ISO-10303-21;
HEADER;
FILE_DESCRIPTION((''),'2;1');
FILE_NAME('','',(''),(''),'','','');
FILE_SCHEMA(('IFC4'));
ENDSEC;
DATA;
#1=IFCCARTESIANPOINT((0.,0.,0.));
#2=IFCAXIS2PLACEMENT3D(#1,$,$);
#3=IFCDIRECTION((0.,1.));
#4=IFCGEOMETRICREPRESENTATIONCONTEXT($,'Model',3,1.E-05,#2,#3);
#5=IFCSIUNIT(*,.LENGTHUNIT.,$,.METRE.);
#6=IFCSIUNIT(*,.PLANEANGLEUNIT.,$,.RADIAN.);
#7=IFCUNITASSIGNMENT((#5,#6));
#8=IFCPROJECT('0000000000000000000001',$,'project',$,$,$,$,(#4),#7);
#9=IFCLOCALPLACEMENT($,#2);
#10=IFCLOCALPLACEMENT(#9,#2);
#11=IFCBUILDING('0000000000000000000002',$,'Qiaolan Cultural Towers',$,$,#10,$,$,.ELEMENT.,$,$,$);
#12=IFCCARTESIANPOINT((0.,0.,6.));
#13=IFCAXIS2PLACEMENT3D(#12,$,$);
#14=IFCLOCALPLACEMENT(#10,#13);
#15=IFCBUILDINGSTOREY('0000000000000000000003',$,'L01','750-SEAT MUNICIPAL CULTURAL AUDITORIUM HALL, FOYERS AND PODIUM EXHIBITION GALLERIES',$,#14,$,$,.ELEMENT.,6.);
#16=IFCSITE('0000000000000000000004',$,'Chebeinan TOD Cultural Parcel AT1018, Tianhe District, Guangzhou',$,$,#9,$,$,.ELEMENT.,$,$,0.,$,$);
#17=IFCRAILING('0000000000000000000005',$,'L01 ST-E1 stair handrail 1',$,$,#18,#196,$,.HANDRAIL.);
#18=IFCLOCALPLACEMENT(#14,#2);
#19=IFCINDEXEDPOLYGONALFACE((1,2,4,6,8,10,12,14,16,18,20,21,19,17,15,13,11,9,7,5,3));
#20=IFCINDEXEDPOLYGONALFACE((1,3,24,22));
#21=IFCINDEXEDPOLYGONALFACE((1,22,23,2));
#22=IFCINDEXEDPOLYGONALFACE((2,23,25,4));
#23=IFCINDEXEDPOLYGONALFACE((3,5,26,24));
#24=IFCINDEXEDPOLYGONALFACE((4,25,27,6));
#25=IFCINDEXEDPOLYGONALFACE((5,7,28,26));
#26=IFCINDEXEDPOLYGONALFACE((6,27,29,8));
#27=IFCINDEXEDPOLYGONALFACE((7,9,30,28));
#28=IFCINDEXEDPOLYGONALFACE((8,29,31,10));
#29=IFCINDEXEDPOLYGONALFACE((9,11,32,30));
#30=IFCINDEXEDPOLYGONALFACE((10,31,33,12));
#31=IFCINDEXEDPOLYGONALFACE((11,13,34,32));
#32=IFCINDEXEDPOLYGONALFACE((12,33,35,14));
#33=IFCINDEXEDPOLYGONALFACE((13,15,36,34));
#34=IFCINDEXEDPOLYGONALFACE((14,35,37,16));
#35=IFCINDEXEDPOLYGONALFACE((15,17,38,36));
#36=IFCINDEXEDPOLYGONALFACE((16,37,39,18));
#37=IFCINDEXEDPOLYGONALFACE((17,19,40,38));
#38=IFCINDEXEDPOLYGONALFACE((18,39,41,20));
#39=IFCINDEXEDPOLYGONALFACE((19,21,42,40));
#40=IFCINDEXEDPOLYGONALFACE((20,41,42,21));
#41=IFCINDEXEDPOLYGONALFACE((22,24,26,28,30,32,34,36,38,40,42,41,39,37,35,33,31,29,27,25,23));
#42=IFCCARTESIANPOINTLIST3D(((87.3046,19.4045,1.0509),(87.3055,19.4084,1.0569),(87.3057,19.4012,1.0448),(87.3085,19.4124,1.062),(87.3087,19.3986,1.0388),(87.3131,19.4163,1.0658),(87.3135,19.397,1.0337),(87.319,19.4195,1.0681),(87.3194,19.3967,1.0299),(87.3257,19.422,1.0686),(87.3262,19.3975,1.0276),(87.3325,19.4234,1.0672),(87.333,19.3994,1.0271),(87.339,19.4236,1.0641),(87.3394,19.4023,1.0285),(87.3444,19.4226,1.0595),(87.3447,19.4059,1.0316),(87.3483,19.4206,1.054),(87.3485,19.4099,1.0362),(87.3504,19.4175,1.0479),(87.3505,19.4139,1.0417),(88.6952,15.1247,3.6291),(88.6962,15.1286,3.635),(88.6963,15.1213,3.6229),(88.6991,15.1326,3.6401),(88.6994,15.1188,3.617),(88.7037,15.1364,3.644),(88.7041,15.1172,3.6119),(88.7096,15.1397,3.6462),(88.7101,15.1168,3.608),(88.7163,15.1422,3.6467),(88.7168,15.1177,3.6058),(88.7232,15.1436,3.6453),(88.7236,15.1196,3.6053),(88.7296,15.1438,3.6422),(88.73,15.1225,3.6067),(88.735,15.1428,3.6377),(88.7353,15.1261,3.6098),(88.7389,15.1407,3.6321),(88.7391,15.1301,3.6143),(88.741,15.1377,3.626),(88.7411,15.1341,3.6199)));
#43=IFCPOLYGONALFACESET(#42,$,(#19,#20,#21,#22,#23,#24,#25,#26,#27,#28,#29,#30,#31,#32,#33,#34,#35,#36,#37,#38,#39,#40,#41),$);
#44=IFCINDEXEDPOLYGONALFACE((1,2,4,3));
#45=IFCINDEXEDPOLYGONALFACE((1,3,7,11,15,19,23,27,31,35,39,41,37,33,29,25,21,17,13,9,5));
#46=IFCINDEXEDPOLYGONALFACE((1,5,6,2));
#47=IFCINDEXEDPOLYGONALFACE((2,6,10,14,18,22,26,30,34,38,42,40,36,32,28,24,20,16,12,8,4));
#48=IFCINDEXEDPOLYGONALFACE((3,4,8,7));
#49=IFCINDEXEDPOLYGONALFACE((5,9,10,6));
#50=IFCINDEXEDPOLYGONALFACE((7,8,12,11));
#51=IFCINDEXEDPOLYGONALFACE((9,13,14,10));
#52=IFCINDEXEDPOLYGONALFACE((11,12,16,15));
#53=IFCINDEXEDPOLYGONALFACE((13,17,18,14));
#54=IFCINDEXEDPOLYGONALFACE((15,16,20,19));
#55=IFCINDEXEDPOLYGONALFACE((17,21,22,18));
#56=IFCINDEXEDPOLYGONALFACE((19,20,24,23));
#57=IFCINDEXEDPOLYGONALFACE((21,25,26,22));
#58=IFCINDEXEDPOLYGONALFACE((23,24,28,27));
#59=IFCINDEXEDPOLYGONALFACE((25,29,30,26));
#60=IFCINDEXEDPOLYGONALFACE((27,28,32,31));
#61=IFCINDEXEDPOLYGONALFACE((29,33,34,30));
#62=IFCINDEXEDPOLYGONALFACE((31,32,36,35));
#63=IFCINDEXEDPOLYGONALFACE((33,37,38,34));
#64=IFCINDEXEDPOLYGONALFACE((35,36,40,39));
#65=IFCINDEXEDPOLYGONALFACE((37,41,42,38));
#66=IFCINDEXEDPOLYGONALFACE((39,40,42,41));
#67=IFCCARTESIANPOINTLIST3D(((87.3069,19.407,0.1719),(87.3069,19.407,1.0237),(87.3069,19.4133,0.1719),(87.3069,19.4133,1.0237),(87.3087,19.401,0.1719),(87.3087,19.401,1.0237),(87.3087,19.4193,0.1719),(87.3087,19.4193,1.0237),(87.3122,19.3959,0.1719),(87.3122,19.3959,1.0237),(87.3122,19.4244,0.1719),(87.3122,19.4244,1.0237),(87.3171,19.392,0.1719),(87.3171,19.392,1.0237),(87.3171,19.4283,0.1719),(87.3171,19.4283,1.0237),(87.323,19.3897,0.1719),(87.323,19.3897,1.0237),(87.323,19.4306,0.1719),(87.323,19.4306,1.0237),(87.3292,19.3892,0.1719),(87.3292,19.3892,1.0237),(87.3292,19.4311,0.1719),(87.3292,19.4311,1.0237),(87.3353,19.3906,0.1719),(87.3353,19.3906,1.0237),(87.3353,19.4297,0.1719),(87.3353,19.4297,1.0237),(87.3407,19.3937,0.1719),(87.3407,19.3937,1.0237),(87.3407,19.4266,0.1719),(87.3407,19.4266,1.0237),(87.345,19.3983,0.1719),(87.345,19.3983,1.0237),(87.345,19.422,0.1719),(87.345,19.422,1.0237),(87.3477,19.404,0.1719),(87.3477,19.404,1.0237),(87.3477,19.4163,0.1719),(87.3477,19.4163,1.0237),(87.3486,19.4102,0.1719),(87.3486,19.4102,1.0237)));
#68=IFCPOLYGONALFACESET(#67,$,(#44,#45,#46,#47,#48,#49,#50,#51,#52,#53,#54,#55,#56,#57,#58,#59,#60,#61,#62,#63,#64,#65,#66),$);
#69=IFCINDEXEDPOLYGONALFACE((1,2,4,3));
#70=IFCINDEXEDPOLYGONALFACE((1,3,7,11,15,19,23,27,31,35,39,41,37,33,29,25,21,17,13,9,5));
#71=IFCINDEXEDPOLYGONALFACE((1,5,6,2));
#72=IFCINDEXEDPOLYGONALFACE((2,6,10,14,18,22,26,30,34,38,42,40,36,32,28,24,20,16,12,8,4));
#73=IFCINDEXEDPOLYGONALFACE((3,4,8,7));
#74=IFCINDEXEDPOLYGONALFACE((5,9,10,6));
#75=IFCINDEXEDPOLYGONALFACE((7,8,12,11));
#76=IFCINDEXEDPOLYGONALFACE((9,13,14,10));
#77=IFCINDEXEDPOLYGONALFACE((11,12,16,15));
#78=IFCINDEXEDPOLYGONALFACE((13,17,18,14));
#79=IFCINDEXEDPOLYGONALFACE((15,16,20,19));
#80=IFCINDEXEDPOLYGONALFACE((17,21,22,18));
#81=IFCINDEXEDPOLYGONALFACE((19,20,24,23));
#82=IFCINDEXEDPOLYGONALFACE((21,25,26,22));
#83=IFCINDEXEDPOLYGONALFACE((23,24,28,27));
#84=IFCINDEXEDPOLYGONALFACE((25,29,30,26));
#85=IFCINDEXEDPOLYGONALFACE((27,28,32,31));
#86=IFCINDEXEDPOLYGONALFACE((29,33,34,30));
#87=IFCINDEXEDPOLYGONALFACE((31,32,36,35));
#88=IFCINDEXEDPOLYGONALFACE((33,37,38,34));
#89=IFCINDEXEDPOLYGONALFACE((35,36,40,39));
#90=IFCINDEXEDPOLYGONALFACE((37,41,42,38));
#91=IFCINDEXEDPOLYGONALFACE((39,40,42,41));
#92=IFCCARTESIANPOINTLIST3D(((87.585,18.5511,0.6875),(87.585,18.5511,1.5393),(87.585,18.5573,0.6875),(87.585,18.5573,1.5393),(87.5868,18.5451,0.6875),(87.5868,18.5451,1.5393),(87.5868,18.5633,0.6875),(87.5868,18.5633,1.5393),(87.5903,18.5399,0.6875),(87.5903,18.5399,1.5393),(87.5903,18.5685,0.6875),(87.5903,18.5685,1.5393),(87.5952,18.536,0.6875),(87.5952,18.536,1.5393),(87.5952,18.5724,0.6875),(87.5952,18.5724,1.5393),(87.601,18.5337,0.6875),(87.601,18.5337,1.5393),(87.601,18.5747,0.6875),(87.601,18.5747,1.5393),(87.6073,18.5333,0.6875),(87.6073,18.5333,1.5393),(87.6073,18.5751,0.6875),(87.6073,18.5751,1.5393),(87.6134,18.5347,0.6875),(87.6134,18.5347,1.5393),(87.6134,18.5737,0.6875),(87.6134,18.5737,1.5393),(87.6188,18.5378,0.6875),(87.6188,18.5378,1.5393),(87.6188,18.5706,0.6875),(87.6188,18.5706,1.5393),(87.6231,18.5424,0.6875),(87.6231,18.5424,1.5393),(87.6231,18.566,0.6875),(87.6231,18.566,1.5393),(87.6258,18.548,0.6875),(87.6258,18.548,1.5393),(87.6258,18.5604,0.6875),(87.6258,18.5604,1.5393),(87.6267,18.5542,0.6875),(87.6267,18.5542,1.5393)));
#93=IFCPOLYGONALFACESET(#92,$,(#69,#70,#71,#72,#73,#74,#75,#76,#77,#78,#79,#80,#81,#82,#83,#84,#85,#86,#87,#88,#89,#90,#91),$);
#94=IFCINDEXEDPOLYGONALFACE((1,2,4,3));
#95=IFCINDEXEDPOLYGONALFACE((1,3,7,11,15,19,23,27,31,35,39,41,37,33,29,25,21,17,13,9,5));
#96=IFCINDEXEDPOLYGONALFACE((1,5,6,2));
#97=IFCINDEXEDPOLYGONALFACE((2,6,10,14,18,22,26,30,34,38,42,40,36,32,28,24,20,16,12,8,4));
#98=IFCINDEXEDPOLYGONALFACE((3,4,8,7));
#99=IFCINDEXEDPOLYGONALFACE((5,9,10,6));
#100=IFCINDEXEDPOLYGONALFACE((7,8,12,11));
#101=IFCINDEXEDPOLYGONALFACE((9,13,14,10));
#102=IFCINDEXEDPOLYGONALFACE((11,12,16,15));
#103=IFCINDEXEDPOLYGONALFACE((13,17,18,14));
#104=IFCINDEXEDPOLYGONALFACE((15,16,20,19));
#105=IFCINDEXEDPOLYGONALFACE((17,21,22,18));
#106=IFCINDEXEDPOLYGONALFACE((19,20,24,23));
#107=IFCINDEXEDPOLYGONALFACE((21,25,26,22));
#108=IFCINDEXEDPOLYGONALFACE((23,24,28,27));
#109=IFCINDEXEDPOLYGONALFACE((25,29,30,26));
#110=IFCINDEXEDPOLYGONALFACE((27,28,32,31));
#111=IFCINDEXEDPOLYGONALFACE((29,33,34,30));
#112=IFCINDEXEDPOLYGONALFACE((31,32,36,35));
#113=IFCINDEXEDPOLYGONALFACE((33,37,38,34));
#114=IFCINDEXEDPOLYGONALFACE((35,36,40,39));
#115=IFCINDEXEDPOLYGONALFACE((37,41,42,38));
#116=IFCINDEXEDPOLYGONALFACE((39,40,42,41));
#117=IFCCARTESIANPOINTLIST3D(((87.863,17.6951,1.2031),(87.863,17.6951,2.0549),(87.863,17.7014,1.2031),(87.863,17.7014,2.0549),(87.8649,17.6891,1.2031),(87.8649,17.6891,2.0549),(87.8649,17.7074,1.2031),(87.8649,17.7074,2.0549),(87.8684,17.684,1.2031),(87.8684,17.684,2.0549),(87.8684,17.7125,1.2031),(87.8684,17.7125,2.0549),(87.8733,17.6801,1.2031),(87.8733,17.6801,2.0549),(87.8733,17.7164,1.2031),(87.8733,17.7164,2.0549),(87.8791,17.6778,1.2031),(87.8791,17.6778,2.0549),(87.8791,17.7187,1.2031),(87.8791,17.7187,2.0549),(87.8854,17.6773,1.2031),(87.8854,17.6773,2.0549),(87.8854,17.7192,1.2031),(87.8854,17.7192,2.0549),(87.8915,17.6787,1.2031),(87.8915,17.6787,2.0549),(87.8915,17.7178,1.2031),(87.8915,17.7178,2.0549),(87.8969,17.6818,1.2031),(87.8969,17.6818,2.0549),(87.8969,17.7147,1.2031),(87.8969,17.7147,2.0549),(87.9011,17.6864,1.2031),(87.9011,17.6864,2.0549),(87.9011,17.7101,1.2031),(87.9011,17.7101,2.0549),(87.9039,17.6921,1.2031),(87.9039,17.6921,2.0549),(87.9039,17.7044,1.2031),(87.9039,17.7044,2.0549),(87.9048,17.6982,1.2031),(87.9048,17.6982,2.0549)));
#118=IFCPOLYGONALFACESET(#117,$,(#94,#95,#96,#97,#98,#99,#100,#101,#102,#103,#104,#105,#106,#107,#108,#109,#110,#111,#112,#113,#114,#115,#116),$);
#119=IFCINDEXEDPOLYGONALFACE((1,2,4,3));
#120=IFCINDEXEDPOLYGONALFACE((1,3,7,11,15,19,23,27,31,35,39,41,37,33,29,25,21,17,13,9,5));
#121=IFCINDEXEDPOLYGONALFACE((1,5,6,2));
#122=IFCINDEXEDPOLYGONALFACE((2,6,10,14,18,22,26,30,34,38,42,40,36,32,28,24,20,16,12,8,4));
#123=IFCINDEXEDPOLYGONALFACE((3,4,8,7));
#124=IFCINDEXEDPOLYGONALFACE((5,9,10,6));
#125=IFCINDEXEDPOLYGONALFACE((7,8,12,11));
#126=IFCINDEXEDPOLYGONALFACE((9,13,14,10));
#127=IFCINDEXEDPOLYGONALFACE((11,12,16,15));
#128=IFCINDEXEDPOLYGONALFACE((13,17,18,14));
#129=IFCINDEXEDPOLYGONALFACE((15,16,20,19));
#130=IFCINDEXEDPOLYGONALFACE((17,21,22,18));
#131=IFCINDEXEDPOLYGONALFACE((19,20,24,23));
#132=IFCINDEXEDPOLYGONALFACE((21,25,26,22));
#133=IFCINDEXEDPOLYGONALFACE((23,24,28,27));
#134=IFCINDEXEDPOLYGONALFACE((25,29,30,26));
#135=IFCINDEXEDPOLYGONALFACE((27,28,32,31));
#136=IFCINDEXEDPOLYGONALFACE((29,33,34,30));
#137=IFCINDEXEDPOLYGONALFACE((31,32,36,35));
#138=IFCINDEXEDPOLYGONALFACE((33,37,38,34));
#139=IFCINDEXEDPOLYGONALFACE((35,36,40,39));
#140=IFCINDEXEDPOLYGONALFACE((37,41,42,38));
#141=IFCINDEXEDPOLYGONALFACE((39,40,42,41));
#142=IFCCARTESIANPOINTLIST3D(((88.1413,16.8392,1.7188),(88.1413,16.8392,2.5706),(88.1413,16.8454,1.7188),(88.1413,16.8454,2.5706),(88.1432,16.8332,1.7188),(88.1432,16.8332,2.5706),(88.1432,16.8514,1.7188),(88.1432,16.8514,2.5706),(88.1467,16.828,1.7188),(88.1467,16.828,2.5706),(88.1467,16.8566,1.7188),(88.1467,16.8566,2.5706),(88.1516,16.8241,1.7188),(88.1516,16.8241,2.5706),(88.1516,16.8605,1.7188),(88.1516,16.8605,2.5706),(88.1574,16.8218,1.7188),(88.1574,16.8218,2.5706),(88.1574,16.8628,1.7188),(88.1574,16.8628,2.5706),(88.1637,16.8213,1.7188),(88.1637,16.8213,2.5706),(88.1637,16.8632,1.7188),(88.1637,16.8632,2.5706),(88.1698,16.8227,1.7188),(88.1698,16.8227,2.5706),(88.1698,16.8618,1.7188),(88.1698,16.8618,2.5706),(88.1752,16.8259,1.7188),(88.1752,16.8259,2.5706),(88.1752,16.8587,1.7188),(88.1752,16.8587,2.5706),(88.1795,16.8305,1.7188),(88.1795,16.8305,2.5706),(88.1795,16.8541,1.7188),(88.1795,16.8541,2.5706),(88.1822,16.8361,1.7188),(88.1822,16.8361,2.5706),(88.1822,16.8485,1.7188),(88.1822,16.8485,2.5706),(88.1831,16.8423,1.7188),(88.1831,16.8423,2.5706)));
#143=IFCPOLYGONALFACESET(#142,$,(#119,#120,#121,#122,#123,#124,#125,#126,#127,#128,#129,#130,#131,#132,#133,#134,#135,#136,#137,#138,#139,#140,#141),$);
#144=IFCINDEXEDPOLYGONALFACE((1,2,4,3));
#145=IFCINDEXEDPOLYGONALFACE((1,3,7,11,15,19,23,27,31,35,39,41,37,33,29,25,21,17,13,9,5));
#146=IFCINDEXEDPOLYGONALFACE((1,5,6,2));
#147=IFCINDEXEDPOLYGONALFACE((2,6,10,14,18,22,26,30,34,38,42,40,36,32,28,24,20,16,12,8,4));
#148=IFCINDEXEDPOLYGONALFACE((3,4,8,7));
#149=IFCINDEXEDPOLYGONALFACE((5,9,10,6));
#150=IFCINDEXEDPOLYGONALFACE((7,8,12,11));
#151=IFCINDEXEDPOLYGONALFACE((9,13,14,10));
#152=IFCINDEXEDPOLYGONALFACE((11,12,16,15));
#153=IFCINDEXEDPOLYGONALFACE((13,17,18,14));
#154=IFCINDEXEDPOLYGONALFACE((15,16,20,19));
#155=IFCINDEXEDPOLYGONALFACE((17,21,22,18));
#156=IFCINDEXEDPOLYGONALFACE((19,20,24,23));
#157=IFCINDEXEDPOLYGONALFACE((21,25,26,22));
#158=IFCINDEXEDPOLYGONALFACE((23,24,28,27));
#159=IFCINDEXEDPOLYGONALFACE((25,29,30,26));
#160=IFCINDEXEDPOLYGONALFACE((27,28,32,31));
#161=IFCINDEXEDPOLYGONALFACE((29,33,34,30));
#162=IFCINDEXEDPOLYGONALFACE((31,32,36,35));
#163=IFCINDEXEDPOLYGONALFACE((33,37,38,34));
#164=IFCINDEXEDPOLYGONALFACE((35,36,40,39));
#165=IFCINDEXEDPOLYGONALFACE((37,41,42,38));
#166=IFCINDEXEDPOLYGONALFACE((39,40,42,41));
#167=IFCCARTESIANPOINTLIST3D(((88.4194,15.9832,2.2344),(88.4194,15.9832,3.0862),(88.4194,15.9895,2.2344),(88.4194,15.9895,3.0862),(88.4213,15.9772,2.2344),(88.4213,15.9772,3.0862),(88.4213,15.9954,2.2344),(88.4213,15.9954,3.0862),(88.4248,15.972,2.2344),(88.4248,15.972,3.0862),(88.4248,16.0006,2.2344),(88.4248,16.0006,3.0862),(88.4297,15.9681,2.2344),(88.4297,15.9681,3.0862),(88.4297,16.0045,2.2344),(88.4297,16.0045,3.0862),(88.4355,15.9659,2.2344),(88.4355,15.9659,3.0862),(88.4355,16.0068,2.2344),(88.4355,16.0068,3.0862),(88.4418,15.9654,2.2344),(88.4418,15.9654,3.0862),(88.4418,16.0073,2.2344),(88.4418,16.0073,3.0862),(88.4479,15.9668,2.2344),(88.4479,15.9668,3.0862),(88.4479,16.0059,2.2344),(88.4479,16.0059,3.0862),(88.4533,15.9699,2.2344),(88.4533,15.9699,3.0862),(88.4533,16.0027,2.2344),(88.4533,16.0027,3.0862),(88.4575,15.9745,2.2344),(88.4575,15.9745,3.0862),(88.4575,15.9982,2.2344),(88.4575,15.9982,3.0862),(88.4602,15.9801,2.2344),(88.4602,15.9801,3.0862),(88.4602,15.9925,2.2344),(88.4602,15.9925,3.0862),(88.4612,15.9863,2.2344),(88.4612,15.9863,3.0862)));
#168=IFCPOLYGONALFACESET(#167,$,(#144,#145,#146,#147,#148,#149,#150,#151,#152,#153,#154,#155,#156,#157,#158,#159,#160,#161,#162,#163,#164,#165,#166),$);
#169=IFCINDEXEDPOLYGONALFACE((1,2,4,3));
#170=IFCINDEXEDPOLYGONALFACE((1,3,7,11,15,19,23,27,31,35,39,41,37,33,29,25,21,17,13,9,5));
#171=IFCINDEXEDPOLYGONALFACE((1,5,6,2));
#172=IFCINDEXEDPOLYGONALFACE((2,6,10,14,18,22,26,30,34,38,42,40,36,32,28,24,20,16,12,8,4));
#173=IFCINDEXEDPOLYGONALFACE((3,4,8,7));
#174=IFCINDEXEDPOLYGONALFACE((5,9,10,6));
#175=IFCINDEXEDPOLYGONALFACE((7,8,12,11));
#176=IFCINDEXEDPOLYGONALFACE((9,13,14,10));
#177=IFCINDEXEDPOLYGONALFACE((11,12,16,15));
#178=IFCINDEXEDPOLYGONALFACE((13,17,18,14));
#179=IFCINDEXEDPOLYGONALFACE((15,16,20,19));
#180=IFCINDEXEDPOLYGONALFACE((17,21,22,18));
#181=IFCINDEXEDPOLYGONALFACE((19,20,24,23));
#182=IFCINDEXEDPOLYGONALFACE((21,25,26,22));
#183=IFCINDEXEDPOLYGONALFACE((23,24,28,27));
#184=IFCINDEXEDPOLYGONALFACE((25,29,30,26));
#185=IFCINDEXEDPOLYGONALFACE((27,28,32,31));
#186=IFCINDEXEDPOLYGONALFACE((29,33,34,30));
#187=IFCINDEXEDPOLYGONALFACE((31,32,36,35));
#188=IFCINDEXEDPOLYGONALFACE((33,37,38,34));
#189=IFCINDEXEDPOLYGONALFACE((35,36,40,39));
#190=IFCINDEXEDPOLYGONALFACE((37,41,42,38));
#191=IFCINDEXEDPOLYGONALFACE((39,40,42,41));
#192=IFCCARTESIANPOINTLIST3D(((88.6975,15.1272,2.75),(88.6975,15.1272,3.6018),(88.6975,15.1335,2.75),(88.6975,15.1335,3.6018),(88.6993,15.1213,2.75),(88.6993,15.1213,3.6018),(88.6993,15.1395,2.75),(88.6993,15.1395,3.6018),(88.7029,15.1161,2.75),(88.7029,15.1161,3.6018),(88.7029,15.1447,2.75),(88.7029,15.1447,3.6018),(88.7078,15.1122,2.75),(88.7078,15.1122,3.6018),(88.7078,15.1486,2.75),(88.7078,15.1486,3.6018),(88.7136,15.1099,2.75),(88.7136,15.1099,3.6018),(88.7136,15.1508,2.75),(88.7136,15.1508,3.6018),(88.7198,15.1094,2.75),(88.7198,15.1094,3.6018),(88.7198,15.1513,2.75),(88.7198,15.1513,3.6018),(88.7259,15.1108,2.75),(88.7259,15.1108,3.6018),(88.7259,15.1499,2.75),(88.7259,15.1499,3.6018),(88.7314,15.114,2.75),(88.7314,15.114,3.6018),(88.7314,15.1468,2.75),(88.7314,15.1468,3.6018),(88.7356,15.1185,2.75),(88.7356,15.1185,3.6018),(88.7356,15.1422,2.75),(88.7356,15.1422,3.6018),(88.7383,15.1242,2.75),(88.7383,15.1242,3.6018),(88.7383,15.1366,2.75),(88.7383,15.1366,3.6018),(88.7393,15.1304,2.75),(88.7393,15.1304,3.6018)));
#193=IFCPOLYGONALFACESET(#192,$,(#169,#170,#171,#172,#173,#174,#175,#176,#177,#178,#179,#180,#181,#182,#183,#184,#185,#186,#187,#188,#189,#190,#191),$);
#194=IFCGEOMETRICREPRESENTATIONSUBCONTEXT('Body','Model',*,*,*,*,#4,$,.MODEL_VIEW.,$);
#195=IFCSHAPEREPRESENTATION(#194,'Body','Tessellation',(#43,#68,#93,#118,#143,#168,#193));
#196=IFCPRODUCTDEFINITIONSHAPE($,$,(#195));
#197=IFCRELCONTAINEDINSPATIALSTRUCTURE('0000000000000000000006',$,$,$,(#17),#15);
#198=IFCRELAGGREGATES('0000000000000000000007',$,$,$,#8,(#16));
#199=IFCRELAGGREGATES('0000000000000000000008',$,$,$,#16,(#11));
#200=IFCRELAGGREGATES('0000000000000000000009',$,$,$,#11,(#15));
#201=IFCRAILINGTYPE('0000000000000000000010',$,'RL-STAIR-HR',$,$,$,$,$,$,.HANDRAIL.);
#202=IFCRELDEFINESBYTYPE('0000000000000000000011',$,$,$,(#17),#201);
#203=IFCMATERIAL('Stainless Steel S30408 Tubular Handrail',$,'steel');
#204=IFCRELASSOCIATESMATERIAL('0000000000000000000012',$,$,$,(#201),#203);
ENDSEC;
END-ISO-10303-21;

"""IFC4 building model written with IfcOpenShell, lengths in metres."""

from ifc_helpers import new_model, si_unit, direction, frame, origin, origin_2d, place, context, subcontext, project, spatial, circle, extrude, material, type_object, element, save


model = new_model("IFC4")

# Units and contexts
model_context = context("Model", 3, precision=1e-05, world=origin(), true_north=direction((0.0, 1.0)))
body_context = subcontext(model_context, "Body", "Model", "MODEL_VIEW")
ifc_project = project(units=[si_unit("LENGTHUNIT", "METRE"), si_unit("PLANEANGLEUNIT", "RADIAN")], contexts=[model_context])

# Site, building, storey
site_placement = place(None, origin())
site = spatial("IfcSite", under=ifc_project, at=site_placement, Name="Chebeinan TOD Cultural Parcel AT1018, Tianhe District, Guangzhou", CompositionType="ELEMENT", RefElevation=0.0)
building_placement = place(site_placement, origin())
building = spatial("IfcBuilding", under=site, at=building_placement, Name="Qiaolan Cultural Towers", CompositionType="ELEMENT")
storey_placement = place(building_placement, frame((0.0, 0.0, 6.0)))
storey = spatial("IfcBuildingStorey", under=building, at=storey_placement, Name="L01", Description="750-SEAT MUNICIPAL CULTURAL AUDITORIUM HALL, FOYERS AND PODIUM EXHIBITION GALLERIES", CompositionType="ELEMENT", Elevation=6.0)

# Railing
ifc_material_1 = material(Name="Stainless Steel S30408 Tubular Handrail", Category="steel")
railing_type_1 = type_object("IfcRailingType", Name="RL-STAIR-HR", PredefinedType="HANDRAIL", material=ifc_material_1)
railing_1_placement = place(storey_placement, frame((87.3276, 19.4102, 0.1719)))
element("IfcRailing", 1, at=railing_1_placement, inside=storey, type_object=railing_type_1, Name="L01 ST-E1 stair handrail 1", PredefinedType="HANDRAIL", context=body_context, shape_type="SweptSolid", body=[
    extrude(circle(Radius=0.0239, at=origin_2d()), frame((0.0, 0.0, 0.876), z_axis=(0.268137, -0.825219, 0.497108), x_axis=(0.951054, 0.309025, 0.0)), (0.0, 0.0, 1.0), 5.1863),
    extrude(circle(Radius=0.021, at=origin_2d()), origin(), (0.0, 0.0, 1.0), 0.8518),
    extrude(circle(Radius=0.021, at=origin_2d()), frame((0.2781, -0.856, 0.5156)), (0.0, 0.0, 1.0), 0.8518),
    extrude(circle(Radius=0.021, at=origin_2d()), frame((0.5562, -1.7119, 1.0312)), (0.0, 0.0, 1.0), 0.8518),
    extrude(circle(Radius=0.021, at=origin_2d()), frame((0.8345, -2.5679, 1.5469)), (0.0, 0.0, 1.0), 0.8518),
    extrude(circle(Radius=0.021, at=origin_2d()), frame((1.1125, -3.4238, 2.0625)), (0.0, 0.0, 1.0), 0.8518),
    extrude(circle(Radius=0.021, at=origin_2d()), frame((1.3906, -4.2798, 2.5781)), (0.0, 0.0, 1.0), 0.8518),
])

save(model, "model.ifc")
